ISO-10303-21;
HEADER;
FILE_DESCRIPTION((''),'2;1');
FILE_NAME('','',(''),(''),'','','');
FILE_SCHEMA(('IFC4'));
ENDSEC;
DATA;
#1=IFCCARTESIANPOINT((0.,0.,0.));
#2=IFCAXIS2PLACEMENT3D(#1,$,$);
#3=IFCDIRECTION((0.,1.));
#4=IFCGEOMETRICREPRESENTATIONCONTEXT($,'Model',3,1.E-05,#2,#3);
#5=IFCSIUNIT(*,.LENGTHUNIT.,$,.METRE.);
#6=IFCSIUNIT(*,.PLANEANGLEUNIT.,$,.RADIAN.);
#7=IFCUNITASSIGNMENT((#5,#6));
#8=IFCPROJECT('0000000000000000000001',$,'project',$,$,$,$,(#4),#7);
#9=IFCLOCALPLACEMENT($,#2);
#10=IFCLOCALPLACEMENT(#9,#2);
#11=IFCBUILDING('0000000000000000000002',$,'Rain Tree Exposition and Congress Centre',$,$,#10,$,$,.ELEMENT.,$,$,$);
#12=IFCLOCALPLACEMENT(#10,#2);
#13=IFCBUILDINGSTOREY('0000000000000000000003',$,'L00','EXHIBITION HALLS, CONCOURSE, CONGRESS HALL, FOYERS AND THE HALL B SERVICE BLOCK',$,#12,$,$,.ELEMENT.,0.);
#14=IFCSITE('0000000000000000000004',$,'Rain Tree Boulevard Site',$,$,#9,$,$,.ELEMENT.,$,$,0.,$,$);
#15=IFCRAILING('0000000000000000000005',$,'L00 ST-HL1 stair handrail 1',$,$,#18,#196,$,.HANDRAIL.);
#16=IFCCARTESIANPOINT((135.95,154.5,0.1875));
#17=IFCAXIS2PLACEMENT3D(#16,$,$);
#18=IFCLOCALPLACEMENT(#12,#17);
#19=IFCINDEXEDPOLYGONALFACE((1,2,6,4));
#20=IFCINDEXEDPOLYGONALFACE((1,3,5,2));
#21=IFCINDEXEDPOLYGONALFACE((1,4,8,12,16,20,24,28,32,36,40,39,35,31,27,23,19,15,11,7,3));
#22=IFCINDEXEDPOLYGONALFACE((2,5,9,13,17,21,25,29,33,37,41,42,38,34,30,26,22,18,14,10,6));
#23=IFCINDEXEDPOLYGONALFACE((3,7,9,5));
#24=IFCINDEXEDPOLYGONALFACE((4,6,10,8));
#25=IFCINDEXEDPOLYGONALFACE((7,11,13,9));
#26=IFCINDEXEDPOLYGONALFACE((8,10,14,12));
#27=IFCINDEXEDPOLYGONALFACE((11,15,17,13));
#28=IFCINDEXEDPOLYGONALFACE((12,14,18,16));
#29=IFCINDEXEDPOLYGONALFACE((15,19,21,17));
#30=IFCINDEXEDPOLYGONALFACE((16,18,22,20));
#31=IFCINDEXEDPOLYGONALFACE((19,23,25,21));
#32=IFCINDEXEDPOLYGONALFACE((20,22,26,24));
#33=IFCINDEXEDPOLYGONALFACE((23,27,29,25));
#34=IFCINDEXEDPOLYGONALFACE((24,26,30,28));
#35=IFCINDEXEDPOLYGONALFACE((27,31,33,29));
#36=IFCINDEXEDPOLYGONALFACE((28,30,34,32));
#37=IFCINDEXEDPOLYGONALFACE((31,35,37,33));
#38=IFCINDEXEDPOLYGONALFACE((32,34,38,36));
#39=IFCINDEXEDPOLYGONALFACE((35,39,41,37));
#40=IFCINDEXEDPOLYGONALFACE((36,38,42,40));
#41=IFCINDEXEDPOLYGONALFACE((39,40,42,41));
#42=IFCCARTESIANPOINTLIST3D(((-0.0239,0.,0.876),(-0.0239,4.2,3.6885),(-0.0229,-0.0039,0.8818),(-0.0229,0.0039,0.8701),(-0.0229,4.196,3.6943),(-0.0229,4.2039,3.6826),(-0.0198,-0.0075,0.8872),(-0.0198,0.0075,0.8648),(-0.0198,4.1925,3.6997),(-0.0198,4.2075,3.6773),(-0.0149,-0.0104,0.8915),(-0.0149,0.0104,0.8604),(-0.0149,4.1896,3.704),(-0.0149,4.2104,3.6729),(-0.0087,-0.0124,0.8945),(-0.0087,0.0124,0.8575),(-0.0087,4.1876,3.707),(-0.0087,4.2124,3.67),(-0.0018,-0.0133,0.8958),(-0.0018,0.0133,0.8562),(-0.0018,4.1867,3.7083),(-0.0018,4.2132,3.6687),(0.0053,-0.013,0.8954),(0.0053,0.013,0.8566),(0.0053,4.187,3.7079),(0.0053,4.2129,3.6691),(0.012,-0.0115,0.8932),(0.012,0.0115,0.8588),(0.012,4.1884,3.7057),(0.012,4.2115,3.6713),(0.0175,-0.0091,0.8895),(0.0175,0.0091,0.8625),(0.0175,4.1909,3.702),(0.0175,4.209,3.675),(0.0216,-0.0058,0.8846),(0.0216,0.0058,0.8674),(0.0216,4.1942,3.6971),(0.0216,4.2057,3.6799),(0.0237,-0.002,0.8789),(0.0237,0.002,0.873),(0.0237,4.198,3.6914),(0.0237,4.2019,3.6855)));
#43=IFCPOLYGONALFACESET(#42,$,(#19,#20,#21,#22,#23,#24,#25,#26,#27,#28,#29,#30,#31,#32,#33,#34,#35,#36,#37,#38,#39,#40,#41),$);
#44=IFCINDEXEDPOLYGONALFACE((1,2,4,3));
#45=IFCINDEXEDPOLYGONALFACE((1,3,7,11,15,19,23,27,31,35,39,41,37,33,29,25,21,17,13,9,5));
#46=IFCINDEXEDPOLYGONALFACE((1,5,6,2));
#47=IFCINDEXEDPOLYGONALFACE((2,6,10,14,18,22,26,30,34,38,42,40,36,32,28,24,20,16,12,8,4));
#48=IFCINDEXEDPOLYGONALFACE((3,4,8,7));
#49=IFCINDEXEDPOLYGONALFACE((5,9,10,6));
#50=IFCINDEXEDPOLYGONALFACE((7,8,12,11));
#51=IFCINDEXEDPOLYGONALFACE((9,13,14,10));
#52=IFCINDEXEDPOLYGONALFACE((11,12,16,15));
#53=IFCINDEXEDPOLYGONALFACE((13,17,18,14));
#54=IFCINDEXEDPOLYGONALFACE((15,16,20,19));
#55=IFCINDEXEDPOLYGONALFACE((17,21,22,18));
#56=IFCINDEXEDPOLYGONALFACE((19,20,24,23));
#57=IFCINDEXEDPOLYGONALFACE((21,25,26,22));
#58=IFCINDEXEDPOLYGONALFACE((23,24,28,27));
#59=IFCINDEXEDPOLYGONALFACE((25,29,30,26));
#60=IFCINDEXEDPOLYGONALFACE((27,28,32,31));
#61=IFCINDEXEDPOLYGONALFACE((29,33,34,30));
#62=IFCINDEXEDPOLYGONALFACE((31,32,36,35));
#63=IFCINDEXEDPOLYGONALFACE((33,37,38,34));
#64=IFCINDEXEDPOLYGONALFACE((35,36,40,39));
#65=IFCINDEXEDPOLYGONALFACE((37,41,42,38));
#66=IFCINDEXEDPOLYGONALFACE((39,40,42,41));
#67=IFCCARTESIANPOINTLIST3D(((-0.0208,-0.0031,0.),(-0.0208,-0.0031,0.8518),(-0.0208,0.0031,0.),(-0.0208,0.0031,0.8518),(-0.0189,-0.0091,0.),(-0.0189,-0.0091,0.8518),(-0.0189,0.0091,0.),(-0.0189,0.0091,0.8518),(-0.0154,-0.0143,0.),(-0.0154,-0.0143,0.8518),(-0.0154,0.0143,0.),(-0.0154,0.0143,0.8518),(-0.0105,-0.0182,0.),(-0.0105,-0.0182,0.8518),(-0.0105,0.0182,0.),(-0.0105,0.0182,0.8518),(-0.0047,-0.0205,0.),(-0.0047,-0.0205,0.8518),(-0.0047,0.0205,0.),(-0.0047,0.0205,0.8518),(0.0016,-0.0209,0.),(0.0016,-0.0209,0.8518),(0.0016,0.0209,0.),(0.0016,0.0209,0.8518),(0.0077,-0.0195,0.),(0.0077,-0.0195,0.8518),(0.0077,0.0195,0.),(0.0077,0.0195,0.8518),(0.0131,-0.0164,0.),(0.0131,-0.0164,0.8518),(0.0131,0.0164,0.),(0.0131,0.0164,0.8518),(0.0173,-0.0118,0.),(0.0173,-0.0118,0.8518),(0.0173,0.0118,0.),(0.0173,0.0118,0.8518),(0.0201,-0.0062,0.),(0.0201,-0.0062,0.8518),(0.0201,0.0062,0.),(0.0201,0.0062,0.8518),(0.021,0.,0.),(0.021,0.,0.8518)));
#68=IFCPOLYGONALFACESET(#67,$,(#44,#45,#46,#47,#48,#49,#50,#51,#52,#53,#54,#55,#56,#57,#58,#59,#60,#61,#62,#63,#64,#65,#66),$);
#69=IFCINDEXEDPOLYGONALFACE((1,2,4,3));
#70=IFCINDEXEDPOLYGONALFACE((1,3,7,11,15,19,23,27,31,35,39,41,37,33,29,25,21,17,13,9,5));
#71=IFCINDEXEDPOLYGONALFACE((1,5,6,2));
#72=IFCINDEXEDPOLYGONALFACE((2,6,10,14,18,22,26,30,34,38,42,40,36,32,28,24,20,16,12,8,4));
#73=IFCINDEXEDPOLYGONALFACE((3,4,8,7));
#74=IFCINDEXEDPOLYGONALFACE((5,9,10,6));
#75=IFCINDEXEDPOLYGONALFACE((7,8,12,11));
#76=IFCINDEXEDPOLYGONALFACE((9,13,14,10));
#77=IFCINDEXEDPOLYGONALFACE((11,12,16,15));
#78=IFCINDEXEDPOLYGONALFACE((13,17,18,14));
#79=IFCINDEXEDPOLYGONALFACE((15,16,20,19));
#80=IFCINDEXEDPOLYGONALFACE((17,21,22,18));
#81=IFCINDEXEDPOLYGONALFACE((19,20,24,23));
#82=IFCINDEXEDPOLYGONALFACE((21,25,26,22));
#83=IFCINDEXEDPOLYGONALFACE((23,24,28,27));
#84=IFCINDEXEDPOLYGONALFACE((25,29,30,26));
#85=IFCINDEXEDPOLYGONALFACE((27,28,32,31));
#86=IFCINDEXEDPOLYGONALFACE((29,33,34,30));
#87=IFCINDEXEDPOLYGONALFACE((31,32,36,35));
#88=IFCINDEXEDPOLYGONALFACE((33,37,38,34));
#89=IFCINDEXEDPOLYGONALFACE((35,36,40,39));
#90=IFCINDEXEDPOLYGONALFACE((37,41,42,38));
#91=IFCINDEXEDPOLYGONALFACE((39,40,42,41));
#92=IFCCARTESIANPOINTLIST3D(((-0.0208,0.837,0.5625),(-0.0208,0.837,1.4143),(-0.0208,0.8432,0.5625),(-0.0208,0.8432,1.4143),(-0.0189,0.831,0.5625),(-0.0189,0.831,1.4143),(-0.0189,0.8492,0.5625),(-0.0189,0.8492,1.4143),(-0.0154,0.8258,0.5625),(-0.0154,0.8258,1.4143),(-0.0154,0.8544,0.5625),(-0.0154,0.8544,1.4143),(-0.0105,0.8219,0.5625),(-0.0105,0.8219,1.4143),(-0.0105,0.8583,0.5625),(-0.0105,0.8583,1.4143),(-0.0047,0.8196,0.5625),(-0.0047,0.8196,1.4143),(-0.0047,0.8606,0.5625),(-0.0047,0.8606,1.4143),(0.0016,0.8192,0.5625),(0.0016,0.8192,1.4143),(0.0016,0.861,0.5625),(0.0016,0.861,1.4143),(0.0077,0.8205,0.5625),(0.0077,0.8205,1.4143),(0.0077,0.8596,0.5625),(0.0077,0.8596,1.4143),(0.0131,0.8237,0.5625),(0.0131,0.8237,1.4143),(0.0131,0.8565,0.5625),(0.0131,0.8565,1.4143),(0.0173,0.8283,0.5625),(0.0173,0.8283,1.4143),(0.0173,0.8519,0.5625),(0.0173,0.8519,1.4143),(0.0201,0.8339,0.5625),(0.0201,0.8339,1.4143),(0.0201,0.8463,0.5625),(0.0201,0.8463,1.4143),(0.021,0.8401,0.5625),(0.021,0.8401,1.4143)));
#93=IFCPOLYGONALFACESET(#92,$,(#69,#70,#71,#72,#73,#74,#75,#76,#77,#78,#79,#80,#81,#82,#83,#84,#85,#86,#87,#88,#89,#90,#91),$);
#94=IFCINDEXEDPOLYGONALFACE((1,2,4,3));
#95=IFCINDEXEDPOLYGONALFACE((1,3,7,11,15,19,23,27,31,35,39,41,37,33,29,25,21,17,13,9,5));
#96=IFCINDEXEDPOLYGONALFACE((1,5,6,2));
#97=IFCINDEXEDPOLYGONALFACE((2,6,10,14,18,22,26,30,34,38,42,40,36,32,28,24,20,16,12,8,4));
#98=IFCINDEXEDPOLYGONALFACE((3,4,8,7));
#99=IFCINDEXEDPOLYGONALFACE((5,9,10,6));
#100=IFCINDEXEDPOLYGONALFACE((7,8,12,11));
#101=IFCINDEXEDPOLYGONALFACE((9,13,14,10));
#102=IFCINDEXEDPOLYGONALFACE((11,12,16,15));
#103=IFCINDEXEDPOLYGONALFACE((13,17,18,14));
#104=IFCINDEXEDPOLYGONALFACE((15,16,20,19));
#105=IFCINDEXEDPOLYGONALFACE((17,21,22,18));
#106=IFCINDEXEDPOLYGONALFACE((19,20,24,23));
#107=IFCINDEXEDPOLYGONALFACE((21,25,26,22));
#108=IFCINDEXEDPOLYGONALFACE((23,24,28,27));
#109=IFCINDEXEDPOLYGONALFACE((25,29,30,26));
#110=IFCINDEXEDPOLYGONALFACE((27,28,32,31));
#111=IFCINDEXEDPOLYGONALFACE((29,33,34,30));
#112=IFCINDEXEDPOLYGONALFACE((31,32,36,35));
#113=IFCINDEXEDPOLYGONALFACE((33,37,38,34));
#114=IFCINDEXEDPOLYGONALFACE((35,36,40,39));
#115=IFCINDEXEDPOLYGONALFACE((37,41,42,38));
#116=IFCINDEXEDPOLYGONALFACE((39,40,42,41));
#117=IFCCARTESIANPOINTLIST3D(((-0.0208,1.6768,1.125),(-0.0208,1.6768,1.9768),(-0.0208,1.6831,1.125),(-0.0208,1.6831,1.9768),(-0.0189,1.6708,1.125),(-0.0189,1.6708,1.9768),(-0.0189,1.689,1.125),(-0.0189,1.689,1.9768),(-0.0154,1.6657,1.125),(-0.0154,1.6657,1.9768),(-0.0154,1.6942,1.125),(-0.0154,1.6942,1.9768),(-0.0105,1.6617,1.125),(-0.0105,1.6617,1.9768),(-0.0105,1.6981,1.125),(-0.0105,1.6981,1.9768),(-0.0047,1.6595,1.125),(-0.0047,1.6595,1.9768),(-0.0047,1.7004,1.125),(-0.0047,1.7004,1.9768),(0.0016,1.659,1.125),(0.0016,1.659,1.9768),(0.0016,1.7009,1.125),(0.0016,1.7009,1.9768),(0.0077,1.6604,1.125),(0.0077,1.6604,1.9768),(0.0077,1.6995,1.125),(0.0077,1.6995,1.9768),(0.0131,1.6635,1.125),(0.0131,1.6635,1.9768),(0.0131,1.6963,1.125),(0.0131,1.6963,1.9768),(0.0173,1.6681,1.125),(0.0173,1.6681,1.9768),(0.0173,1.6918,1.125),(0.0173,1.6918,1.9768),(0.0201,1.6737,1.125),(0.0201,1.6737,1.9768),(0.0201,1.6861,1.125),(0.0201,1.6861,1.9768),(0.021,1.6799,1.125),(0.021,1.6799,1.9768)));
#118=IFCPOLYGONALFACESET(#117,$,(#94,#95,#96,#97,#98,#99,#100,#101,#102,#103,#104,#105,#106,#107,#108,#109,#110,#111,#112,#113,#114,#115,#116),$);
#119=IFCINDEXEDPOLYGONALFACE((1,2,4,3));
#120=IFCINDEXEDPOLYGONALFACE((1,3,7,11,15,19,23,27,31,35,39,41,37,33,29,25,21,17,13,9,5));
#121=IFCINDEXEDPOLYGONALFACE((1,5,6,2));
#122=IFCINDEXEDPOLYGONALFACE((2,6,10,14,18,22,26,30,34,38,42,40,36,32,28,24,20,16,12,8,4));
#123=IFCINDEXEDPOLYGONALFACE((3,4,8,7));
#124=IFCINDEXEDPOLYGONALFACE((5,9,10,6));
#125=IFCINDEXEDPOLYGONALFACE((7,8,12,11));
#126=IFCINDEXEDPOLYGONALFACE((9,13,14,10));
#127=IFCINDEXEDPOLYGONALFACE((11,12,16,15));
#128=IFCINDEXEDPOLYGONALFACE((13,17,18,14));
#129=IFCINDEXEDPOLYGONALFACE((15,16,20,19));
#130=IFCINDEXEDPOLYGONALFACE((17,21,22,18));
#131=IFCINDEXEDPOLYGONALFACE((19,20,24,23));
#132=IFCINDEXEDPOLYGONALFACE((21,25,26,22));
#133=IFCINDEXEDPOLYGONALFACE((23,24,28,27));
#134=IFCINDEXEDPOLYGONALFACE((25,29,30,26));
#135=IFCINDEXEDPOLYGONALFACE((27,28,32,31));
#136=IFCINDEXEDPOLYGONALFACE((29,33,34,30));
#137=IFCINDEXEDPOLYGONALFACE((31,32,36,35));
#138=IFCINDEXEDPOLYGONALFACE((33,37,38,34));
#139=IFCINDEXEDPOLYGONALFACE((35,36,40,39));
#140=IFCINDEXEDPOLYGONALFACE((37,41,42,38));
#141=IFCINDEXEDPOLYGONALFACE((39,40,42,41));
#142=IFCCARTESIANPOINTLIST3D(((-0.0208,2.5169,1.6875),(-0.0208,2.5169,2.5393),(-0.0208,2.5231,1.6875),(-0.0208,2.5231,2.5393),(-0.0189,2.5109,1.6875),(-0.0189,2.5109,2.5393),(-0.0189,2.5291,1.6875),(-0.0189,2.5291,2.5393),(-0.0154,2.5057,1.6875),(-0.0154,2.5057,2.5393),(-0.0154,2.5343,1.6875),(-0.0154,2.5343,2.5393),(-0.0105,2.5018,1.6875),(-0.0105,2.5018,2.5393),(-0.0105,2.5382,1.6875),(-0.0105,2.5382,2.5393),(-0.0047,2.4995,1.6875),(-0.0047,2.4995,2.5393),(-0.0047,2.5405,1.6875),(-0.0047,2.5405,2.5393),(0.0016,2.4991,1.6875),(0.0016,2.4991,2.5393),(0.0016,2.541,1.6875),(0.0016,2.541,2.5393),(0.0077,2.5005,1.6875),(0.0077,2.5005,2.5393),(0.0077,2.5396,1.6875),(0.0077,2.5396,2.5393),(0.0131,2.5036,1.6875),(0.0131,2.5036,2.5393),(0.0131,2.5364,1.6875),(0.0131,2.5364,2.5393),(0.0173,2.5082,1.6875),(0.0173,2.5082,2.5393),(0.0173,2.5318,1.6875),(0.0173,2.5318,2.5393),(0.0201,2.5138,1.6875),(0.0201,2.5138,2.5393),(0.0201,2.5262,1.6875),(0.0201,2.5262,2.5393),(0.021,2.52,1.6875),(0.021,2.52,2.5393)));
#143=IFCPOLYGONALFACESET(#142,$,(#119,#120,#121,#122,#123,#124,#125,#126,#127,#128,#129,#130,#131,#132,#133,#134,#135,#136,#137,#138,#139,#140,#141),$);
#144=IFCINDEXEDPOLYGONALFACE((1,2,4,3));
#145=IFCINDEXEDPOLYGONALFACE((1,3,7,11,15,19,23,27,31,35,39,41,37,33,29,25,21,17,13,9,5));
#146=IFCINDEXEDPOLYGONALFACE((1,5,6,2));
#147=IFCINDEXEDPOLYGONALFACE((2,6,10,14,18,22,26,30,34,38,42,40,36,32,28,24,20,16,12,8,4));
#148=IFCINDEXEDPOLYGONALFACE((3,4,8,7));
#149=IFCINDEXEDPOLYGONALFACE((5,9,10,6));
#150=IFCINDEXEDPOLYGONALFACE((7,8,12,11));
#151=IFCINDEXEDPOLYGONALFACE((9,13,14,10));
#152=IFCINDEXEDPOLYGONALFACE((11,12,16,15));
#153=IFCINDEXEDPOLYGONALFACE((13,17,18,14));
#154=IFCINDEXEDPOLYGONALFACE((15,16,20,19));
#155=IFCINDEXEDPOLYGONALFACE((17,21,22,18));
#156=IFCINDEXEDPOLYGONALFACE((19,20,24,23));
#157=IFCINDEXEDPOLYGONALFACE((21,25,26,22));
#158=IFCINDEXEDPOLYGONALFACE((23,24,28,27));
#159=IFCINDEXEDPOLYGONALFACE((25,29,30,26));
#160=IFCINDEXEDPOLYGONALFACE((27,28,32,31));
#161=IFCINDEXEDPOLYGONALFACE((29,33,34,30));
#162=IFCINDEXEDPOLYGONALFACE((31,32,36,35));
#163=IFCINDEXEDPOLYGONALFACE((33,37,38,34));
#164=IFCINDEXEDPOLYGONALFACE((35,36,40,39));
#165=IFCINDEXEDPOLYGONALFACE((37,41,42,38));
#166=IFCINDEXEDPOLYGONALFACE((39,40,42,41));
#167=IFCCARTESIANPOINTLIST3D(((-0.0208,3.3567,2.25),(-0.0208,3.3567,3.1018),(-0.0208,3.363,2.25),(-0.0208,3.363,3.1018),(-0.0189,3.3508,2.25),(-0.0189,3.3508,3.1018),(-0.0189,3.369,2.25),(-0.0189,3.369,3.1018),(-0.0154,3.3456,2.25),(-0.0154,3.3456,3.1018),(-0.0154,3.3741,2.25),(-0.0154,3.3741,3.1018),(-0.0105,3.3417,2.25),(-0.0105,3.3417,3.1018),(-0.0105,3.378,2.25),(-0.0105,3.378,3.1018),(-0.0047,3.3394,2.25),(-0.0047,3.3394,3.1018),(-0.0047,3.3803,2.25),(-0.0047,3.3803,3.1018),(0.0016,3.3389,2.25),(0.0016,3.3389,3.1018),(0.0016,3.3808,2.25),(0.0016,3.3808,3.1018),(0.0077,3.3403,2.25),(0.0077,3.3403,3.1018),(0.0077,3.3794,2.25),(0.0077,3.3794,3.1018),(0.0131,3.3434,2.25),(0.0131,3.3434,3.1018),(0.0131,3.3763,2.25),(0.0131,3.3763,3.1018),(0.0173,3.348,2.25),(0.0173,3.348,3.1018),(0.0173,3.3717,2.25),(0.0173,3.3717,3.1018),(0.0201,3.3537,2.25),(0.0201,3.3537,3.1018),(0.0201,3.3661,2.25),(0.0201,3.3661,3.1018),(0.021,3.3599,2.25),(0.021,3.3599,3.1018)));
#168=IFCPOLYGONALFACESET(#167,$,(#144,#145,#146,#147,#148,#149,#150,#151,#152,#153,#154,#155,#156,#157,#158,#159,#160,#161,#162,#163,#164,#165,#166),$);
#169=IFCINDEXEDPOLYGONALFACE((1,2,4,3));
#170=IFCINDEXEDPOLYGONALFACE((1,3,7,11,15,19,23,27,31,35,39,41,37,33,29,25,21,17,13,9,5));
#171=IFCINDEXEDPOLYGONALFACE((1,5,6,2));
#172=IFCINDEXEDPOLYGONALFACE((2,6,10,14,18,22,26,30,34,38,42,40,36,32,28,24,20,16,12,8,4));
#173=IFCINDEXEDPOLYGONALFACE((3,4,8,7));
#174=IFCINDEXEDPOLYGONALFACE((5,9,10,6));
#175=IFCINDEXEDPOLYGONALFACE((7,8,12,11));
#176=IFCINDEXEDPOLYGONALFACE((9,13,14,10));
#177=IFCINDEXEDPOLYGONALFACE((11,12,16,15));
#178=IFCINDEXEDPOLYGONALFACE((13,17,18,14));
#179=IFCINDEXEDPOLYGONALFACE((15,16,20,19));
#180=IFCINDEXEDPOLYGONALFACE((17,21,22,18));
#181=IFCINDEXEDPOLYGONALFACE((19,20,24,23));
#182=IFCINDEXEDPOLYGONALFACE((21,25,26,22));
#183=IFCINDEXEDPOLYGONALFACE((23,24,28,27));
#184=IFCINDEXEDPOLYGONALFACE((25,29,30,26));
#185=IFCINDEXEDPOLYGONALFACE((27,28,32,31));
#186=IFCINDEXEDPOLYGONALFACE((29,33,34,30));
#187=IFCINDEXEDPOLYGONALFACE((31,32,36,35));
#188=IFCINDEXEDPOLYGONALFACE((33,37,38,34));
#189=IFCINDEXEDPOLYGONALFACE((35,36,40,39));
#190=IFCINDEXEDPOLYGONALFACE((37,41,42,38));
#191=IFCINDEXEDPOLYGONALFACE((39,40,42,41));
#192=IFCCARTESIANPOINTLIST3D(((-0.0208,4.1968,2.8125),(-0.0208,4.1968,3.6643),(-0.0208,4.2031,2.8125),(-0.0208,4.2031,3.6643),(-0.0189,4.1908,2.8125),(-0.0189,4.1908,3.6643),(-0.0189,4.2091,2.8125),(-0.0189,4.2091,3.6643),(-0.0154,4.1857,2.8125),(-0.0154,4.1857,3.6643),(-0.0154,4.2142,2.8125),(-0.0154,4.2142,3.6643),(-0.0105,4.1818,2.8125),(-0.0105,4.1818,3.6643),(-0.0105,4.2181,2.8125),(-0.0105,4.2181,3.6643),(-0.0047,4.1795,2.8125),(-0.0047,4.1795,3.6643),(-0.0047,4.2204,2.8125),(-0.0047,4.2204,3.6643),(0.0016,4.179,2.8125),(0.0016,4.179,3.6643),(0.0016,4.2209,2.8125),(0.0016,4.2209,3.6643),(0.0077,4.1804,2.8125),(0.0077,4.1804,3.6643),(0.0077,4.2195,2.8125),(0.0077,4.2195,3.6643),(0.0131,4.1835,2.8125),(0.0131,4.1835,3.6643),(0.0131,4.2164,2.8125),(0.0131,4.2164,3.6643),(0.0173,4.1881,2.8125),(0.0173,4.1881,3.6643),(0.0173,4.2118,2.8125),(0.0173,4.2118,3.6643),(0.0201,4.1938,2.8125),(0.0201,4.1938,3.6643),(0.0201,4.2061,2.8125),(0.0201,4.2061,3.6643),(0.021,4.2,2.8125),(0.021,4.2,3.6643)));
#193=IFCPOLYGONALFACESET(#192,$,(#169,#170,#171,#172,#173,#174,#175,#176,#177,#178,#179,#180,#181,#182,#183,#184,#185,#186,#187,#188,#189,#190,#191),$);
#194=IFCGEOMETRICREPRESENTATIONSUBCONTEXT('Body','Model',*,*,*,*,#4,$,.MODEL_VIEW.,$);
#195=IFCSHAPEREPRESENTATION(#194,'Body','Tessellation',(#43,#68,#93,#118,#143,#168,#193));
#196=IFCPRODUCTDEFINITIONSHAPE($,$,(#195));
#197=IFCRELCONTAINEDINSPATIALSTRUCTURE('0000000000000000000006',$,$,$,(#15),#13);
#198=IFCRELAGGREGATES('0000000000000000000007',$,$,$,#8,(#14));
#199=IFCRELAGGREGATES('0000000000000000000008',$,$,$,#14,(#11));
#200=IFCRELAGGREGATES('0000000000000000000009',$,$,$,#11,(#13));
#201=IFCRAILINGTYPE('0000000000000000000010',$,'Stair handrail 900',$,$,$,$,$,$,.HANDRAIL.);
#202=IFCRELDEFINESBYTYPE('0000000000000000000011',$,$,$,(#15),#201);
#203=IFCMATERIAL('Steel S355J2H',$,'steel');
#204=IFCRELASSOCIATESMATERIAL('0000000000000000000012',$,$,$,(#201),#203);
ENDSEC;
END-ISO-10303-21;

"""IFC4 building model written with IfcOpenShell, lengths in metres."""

from ifc_helpers import new_model, si_unit, direction, frame, origin, origin_2d, place, context, subcontext, project, spatial, circle, extrude, material, type_object, element, save


model = new_model("IFC4")

# Units and contexts
model_context = context("Model", 3, precision=1e-05, world=origin(), true_north=direction((0.0, 1.0)))
body_context = subcontext(model_context, "Body", "Model", "MODEL_VIEW")
ifc_project = project(units=[si_unit("LENGTHUNIT", "METRE"), si_unit("PLANEANGLEUNIT", "RADIAN")], contexts=[model_context])

# Site, building, storey
site_placement = place(None, origin())
site = spatial("IfcSite", under=ifc_project, at=site_placement, Name="Rain Tree Boulevard Site", CompositionType="ELEMENT", RefElevation=0.0)
building_placement = place(site_placement, origin())
building = spatial("IfcBuilding", under=site, at=building_placement, Name="Rain Tree Exposition and Congress Centre", CompositionType="ELEMENT")
storey_placement = place(building_placement, origin())
storey = spatial("IfcBuildingStorey", under=building, at=storey_placement, Name="L00", Description="EXHIBITION HALLS, CONCOURSE, CONGRESS HALL, FOYERS AND THE HALL B SERVICE BLOCK", CompositionType="ELEMENT", Elevation=0.0)

# Railing
ifc_material_1 = material(Name="Steel S355J2H", Category="steel")
railing_type_1 = type_object("IfcRailingType", Name="Stair handrail 900", PredefinedType="HANDRAIL", material=ifc_material_1)
for number, where, name in (
    (1, (135.95, 154.5, 0.1875), "L00 ST-HL1 stair handrail 1"),
):
    element("IfcRailing", number, at=place(storey_placement, frame(where)), inside=storey, type_object=railing_type_1, Name=name, PredefinedType="HANDRAIL", context=body_context, shape_type="SweptSolid", body=[
        extrude(circle(Radius=0.0239, at=origin_2d()), frame((0.0, 0.0, 0.876), z_axis=(0.0, 0.830904, 0.556416), x_axis=(-1.0, 0.0, 0.0)), (0.0, 0.0, 1.0), 5.0547),
        extrude(circle(Radius=0.021, at=origin_2d()), origin(), (0.0, 0.0, 1.0), 0.8518),
        extrude(circle(Radius=0.021, at=origin_2d()), frame((0.0, 0.8401, 0.5625)), (0.0, 0.0, 1.0), 0.8518),
        extrude(circle(Radius=0.021, at=origin_2d()), frame((0.0, 1.6799, 1.125)), (0.0, 0.0, 1.0), 0.8518),
        extrude(circle(Radius=0.021, at=origin_2d()), frame((0.0, 2.52, 1.6875)), (0.0, 0.0, 1.0), 0.8518),
        extrude(circle(Radius=0.021, at=origin_2d()), frame((0.0, 3.3599, 2.25)), (0.0, 0.0, 1.0), 0.8518),
        extrude(circle(Radius=0.021, at=origin_2d()), frame((0.0, 4.2, 2.8125)), (0.0, 0.0, 1.0), 0.8518),
    ])

save(model, "model.ifc")
